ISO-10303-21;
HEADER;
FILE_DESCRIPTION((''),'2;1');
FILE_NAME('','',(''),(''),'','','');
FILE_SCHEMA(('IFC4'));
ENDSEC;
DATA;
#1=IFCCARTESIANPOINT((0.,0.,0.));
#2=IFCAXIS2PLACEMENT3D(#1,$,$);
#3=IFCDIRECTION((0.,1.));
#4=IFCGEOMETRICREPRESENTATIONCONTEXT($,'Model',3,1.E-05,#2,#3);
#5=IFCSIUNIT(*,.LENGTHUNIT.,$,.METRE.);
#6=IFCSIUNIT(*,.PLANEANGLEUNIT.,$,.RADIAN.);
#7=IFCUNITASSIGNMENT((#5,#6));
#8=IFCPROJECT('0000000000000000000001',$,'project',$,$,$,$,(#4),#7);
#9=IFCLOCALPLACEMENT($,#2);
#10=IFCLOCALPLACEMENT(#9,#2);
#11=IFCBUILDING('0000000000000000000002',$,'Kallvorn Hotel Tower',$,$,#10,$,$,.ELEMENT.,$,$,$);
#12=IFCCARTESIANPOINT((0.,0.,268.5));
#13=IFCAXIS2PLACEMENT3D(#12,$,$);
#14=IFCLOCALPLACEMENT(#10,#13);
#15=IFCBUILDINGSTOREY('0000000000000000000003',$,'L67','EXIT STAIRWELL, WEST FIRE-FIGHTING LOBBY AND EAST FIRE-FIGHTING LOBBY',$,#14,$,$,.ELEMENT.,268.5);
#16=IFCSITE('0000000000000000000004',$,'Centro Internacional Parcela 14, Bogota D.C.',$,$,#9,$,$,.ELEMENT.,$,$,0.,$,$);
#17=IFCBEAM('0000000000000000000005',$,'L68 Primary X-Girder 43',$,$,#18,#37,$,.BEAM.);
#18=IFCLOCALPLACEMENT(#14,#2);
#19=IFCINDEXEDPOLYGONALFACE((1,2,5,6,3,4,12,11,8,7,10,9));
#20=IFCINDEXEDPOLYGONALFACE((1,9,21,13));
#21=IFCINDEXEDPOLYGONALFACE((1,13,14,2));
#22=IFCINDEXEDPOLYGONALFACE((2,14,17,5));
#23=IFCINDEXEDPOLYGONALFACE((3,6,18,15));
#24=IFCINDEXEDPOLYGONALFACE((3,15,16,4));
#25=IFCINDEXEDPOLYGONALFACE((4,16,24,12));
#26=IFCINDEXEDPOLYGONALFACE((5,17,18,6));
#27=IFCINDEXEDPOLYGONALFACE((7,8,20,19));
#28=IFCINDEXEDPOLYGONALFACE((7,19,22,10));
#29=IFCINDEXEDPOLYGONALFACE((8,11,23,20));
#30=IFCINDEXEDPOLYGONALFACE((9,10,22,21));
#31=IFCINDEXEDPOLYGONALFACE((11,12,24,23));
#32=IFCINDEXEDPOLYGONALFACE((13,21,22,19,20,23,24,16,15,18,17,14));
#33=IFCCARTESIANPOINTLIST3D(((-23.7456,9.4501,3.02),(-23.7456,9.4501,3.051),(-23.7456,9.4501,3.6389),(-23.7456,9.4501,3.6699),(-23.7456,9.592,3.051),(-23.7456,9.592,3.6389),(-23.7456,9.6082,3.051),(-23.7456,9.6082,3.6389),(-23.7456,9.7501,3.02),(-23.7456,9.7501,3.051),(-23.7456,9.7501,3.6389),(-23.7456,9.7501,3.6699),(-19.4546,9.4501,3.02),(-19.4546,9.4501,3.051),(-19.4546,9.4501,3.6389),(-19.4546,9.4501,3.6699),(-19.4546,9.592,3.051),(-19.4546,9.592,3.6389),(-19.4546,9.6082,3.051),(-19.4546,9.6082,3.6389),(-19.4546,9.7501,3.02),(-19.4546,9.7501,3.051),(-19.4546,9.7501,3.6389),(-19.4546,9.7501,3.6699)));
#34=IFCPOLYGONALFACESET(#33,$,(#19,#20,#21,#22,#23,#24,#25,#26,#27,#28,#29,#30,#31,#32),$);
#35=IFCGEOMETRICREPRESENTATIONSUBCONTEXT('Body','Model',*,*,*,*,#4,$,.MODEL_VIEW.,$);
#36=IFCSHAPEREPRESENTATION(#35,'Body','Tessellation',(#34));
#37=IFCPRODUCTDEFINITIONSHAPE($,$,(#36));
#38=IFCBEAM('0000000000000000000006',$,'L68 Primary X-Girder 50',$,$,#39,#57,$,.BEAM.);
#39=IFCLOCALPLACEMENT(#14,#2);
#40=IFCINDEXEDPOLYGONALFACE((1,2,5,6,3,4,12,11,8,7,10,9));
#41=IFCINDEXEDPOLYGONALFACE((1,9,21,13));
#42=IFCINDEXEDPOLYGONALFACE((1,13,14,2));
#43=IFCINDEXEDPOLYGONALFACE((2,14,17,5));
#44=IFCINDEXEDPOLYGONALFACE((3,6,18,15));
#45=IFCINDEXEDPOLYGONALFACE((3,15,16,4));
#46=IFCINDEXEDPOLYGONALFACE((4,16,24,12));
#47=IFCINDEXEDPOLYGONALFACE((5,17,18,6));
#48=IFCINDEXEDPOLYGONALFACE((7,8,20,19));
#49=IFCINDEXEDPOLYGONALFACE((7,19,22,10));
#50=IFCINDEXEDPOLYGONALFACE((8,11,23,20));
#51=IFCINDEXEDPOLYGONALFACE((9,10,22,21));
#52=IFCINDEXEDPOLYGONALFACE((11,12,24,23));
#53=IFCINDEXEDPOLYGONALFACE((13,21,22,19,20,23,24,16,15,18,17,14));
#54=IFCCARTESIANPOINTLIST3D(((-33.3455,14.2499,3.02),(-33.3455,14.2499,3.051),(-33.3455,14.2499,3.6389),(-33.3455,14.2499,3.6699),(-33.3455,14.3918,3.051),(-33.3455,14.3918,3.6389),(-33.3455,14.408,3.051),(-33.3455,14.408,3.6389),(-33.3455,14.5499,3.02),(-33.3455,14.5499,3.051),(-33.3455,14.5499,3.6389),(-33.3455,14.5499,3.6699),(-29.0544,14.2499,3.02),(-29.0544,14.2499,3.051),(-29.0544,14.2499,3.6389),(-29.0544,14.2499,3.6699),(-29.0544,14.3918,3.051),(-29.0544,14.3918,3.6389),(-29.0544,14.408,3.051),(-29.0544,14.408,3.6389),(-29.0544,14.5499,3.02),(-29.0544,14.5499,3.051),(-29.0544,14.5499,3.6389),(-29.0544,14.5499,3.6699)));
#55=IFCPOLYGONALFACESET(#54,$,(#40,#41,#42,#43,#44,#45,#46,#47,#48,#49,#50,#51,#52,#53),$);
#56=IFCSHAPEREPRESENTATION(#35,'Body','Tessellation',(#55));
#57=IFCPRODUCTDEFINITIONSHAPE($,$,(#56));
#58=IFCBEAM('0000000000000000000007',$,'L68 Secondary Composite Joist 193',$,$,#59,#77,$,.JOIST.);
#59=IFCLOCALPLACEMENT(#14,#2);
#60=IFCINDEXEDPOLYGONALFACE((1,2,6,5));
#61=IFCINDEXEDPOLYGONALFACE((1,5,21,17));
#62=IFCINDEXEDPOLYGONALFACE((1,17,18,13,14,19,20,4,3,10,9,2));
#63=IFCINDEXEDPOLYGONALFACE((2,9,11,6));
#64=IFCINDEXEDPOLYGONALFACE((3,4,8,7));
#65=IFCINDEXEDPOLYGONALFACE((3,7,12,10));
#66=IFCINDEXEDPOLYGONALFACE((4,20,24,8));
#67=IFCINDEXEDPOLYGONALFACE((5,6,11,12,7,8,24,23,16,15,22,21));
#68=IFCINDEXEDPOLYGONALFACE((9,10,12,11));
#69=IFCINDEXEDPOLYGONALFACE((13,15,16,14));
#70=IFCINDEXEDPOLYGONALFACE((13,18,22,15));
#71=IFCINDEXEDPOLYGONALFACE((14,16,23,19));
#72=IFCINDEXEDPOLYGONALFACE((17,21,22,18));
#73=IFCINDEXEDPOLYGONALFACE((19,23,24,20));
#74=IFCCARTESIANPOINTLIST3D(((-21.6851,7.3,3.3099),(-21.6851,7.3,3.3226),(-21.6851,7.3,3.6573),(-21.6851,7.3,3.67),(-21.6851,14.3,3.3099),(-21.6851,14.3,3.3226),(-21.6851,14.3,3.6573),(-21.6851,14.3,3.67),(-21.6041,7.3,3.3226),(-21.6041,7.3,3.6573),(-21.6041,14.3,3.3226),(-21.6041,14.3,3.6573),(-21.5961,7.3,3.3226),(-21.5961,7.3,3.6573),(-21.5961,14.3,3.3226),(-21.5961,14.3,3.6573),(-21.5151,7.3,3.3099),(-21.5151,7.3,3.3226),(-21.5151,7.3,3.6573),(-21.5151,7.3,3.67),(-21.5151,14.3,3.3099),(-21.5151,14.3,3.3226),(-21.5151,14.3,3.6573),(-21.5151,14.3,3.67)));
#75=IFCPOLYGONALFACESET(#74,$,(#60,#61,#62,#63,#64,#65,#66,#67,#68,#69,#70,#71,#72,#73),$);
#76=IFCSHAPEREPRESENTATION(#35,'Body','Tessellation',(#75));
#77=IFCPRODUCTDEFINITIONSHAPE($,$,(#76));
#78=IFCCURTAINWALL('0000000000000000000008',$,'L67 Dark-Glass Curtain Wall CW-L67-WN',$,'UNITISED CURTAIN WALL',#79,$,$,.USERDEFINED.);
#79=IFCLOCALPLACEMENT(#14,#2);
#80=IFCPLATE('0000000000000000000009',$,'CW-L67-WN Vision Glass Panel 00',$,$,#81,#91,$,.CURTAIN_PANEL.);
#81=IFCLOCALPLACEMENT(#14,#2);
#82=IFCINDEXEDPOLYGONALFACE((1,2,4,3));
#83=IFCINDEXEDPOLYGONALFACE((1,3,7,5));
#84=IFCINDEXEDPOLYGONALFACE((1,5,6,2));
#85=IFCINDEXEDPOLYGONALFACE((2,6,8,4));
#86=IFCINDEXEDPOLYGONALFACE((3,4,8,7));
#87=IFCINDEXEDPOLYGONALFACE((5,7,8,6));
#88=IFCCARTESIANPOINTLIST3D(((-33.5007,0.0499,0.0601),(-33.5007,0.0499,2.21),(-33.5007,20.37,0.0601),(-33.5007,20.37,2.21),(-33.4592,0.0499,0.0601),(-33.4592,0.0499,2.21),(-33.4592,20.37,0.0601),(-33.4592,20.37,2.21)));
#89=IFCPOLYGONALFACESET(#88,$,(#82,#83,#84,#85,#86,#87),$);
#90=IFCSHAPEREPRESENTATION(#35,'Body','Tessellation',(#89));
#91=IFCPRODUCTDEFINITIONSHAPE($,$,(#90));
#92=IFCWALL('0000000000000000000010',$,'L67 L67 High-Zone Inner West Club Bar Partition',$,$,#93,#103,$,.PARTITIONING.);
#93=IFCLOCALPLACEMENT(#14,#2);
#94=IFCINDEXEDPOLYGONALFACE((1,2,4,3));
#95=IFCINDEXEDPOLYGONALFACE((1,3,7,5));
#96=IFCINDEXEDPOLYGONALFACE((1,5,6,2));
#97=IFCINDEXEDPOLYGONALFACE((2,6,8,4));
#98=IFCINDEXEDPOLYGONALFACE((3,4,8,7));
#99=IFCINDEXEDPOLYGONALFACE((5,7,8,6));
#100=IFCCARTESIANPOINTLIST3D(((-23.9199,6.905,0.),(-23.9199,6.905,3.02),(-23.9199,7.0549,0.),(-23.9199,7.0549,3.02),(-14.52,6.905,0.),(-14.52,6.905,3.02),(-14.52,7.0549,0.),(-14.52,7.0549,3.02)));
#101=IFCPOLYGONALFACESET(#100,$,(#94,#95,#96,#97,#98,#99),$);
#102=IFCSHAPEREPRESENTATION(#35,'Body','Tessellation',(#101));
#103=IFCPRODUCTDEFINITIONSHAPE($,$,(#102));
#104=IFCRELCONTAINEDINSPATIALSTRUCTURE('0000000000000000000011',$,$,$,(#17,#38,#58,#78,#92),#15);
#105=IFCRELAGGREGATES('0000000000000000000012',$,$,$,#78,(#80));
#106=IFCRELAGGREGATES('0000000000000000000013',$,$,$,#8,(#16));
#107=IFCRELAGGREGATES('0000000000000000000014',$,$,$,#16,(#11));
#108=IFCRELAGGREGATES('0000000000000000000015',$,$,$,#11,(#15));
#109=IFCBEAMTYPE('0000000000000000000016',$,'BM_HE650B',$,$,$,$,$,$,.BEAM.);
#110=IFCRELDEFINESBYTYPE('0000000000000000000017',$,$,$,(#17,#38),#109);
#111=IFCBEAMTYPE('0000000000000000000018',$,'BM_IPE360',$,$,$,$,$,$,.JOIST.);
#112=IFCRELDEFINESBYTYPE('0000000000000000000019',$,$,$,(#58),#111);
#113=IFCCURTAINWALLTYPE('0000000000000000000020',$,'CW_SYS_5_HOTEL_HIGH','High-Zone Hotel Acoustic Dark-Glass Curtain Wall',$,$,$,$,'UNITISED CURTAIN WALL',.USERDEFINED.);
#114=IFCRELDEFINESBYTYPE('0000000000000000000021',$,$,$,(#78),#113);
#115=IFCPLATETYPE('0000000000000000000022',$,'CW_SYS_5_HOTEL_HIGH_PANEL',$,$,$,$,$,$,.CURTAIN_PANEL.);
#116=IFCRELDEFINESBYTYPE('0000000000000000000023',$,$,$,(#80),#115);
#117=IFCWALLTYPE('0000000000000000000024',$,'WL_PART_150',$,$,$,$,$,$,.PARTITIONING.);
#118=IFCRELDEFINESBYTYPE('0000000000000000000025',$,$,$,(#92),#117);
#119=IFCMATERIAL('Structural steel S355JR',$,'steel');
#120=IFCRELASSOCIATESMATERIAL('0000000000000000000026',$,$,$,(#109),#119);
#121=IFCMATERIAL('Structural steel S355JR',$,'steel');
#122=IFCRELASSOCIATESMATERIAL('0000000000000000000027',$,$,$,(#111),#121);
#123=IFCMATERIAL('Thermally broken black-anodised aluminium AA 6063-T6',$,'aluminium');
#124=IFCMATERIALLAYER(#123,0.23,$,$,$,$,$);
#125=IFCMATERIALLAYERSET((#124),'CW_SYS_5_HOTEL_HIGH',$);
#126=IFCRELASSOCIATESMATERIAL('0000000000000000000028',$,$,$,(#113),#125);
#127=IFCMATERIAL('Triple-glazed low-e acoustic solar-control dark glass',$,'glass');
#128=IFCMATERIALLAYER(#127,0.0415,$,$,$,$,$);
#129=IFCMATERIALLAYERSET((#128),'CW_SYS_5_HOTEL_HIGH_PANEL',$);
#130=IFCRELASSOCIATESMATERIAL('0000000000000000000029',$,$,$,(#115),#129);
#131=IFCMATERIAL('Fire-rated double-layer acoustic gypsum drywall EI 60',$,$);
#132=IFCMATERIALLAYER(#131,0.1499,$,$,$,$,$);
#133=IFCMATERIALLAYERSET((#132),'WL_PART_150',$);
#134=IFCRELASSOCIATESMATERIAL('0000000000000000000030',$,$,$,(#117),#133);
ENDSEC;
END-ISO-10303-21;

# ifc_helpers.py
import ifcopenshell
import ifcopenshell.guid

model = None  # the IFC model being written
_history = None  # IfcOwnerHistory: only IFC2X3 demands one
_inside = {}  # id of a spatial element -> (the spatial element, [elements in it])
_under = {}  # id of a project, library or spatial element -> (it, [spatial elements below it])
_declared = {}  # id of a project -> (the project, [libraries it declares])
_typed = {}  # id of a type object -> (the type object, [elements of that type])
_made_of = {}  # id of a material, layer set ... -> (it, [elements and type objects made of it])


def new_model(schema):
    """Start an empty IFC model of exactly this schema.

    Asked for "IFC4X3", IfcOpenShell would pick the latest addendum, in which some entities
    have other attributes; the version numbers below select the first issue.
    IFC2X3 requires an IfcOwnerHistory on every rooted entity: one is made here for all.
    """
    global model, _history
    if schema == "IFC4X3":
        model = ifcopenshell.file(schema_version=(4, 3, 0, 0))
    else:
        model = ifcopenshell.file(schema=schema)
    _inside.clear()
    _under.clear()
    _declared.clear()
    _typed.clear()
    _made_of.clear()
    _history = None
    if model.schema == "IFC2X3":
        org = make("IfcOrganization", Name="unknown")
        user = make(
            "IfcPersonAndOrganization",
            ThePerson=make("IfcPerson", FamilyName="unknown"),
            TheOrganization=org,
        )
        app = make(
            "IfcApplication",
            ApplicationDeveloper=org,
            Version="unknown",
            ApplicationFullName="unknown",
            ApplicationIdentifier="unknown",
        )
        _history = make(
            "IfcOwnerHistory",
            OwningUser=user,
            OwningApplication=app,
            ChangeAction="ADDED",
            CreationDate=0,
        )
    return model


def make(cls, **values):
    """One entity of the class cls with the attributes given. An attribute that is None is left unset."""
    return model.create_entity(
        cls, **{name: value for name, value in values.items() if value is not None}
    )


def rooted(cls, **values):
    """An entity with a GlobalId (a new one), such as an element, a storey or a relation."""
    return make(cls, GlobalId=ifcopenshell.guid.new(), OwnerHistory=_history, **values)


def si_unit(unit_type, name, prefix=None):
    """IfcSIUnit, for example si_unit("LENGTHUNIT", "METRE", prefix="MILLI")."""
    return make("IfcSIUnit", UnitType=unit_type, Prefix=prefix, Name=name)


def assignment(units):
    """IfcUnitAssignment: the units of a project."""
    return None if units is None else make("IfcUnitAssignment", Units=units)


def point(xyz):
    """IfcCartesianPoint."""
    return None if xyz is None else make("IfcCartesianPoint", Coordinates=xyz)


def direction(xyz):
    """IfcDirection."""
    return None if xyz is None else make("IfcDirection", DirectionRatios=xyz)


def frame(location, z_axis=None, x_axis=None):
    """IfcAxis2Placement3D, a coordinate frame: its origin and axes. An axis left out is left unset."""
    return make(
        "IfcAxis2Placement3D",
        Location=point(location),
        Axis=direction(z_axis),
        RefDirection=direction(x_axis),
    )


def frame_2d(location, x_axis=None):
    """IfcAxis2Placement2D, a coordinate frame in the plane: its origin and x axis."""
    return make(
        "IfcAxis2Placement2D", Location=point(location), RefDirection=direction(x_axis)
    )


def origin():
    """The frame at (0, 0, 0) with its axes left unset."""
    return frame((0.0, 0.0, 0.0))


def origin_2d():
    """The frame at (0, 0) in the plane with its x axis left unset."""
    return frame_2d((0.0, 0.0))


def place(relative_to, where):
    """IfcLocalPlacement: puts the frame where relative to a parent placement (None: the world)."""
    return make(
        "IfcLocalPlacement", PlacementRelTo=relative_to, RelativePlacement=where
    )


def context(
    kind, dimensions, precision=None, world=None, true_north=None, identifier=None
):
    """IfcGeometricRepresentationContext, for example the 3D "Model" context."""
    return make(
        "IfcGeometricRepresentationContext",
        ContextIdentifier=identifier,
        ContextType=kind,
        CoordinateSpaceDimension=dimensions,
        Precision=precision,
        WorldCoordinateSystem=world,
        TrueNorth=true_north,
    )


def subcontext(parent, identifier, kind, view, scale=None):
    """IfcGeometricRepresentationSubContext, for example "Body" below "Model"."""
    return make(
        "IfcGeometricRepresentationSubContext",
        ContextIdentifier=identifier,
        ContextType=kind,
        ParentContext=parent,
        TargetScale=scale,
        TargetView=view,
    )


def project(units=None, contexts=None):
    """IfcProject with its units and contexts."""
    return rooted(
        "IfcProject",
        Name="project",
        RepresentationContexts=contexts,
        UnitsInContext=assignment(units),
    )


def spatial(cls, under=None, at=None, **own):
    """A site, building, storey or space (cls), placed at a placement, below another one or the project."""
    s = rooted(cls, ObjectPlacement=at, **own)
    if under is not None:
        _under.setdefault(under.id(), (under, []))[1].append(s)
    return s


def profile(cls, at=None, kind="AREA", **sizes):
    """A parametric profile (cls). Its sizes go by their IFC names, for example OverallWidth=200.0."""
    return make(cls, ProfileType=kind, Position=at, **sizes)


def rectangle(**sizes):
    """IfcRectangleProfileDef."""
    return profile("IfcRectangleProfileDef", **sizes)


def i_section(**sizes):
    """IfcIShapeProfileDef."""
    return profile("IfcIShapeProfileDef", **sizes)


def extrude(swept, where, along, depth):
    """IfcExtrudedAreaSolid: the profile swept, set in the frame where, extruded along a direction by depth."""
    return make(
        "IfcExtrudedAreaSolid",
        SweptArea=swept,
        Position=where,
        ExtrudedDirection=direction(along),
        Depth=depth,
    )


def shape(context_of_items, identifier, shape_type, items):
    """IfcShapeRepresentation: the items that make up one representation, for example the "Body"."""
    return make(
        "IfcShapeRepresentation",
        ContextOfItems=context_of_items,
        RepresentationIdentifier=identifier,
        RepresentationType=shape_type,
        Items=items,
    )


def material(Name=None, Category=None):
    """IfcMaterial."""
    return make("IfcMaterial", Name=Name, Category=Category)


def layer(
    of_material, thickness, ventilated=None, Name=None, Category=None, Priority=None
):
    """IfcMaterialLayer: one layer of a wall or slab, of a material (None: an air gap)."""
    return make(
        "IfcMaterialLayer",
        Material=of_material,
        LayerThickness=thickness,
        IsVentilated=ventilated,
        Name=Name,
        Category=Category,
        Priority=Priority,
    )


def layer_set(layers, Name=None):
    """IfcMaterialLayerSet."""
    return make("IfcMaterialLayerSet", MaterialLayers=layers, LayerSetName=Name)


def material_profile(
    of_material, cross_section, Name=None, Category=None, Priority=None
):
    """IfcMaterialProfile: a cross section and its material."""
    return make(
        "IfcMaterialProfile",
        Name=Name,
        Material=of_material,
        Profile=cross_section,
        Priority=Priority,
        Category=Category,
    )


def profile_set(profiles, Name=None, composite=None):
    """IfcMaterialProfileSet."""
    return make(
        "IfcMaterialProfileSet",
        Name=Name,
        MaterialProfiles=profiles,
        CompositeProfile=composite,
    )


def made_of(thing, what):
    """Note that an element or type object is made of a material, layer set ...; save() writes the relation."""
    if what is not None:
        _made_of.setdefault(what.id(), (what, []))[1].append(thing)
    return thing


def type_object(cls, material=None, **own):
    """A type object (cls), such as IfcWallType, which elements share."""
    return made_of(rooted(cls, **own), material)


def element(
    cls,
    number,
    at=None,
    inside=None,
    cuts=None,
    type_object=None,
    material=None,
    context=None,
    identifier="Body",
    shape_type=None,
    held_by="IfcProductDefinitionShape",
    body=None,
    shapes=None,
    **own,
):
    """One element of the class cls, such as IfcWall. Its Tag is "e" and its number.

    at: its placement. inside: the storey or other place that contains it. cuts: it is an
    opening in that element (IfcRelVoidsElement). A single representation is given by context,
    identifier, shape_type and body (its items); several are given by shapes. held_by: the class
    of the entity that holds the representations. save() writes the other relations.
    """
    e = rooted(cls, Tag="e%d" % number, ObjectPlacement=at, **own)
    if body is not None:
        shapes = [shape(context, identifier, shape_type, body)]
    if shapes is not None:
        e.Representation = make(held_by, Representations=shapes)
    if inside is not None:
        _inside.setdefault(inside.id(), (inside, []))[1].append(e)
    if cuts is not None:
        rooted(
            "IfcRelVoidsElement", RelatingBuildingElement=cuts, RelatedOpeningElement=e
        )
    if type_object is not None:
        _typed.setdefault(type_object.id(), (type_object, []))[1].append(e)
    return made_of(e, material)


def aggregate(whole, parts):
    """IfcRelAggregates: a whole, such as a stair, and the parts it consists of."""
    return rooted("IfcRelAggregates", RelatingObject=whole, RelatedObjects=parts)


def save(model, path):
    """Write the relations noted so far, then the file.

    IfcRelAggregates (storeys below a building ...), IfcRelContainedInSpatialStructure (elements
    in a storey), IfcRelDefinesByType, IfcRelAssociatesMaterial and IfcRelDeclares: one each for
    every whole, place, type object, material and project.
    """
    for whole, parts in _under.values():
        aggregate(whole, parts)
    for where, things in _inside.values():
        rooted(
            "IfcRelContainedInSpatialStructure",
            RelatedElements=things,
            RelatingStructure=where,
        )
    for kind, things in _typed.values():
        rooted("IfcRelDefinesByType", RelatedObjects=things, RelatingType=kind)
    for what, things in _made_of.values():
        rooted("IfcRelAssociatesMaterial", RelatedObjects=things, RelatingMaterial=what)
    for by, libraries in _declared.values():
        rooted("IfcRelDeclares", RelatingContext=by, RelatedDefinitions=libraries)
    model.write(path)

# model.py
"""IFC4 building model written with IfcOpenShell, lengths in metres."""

from ifc_helpers import new_model, si_unit, direction, frame, frame_2d, origin, origin_2d, place, context, subcontext, project, spatial, rectangle, i_section, extrude, material, layer, layer_set, material_profile, profile_set, type_object, element, aggregate, save


model = new_model("IFC4")

# Units and contexts
model_context = context("Model", 3, precision=1e-05, world=origin(), true_north=direction((0.0, 1.0)))
body_context = subcontext(model_context, "Body", "Model", "MODEL_VIEW")
ifc_project = project(units=[si_unit("LENGTHUNIT", "METRE"), si_unit("PLANEANGLEUNIT", "RADIAN")], contexts=[model_context])

# Site, building, storey
site_placement = place(None, origin())
site = spatial("IfcSite", under=ifc_project, at=site_placement, Name="Centro Internacional Parcela 14, Bogota D.C.", CompositionType="ELEMENT", RefElevation=0.0)
building_placement = place(site_placement, origin())
building = spatial("IfcBuilding", under=site, at=building_placement, Name="Kallvorn Hotel Tower", CompositionType="ELEMENT")
storey_placement = place(building_placement, frame((0.0, 0.0, 268.5)))
storey = spatial("IfcBuildingStorey", under=building, at=storey_placement, Name="L67", Description="EXIT STAIRWELL, WEST FIRE-FIGHTING LOBBY AND EAST FIRE-FIGHTING LOBBY", CompositionType="ELEMENT", Elevation=268.5)

# Beams
ifc_material_1 = material(Name="Structural steel S355JR", Category="steel")
ifc_material_profile_1 = material_profile(ifc_material_1, i_section(OverallWidth=0.3, OverallDepth=0.6499, WebThickness=0.0161, FlangeThickness=0.031, at=origin_2d()), Name="HE 650 B")
ifc_profile_set_1 = profile_set([ifc_material_profile_1], Name="Structural steel S355JR")
beam_type_1 = type_object("IfcBeamType", Name="BM_HE650B", PredefinedType="BEAM", material=ifc_profile_set_1)
for number, where, z_axis, x_axis, name in (
    (1, (-23.7456, 9.6001, 3.345), (1.0, 0.0, 0.0), (0.0, 1.0, 0.0), "L68 Primary X-Girder 43"),
    (2, (-33.3455, 14.3999, 3.345), (1.0, 0.0, 0.0), (0.0, 1.0, 0.0), "L68 Primary X-Girder 50"),
):
    element("IfcBeam", number, at=place(storey_placement, frame(where, z_axis=z_axis, x_axis=x_axis)), inside=storey, type_object=beam_type_1, Name=name, PredefinedType="BEAM", context=body_context, shape_type="SweptSolid", body=[
        extrude(i_section(OverallWidth=0.3, OverallDepth=0.6499, WebThickness=0.0161, FlangeThickness=0.031, at=origin_2d()), origin(), (0.0, 0.0, 1.0), 4.291),
    ])
ifc_material_2 = material(Name="Structural steel S355JR", Category="steel")
ifc_material_profile_2 = material_profile(ifc_material_2, i_section(OverallWidth=0.1699, OverallDepth=0.3601, WebThickness=0.0081, FlangeThickness=0.0127, at=origin_2d()), Name="IPE 360")
ifc_profile_set_2 = profile_set([ifc_material_profile_2], Name="Structural steel S355JR")
beam_type_2 = type_object("IfcBeamType", Name="BM_IPE360", PredefinedType="JOIST", material=ifc_profile_set_2)
beam_1_placement = place(storey_placement, frame((-21.6001, 7.3, 3.49), z_axis=(0.0, 1.0, 0.0), x_axis=(-1.0, 0.0, 0.0)))
element("IfcBeam", 3, at=beam_1_placement, inside=storey, type_object=beam_type_2, Name="L68 Secondary Composite Joist 193", PredefinedType="JOIST", context=body_context, shape_type="SweptSolid", body=[
    extrude(i_section(OverallWidth=0.1699, OverallDepth=0.3601, WebThickness=0.0081, FlangeThickness=0.0127, at=origin_2d()), origin(), (0.0, 0.0, 1.0), 7.0),
])

# Curtain wall, plate
ifc_material_3 = material(Name="Thermally broken black-anodised aluminium AA 6063-T6", Category="aluminium")
ifc_layer_1 = layer(ifc_material_3, 0.23)
ifc_layer_set_1 = layer_set([ifc_layer_1], Name="CW_SYS_5_HOTEL_HIGH")
curtain_wall_type = type_object("IfcCurtainWallType", Name="CW_SYS_5_HOTEL_HIGH", Description="High-Zone Hotel Acoustic Dark-Glass Curtain Wall", ElementType="UNITISED CURTAIN WALL", PredefinedType="USERDEFINED", material=ifc_layer_set_1)
curtain_wall_placement = place(storey_placement, origin())
curtain_wall = element("IfcCurtainWall", 4, at=curtain_wall_placement, inside=storey, type_object=curtain_wall_type, Name="L67 Dark-Glass Curtain Wall CW-L67-WN", ObjectType="UNITISED CURTAIN WALL", PredefinedType="USERDEFINED")
ifc_material_4 = material(Name="Triple-glazed low-e acoustic solar-control dark glass", Category="glass")
ifc_layer_2 = layer(ifc_material_4, 0.0415)
ifc_layer_set_2 = layer_set([ifc_layer_2], Name="CW_SYS_5_HOTEL_HIGH_PANEL")
plate_type = type_object("IfcPlateType", Name="CW_SYS_5_HOTEL_HIGH_PANEL", PredefinedType="CURTAIN_PANEL", material=ifc_layer_set_2)
plate_placement = place(storey_placement, frame((-33.48, 10.21, 0.0601), z_axis=(0.0, 0.0, 1.0), x_axis=(0.0, 1.0, 0.0)))
plate = element("IfcPlate", 5, at=plate_placement, type_object=plate_type, Name="CW-L67-WN Vision Glass Panel 00", PredefinedType="CURTAIN_PANEL", context=body_context, shape_type="SweptSolid", body=[
    extrude(rectangle(XDim=20.3201, YDim=0.0415, at=origin_2d()), origin(), (0.0, 0.0, 1.0), 2.1499),
])
aggregate(curtain_wall, [plate])

# Wall
ifc_material_5 = material(Name="Fire-rated double-layer acoustic gypsum drywall EI 60")
ifc_layer_3 = layer(ifc_material_5, 0.1499)
ifc_layer_set_3 = layer_set([ifc_layer_3], Name="WL_PART_150")
wall_type = type_object("IfcWallType", Name="WL_PART_150", PredefinedType="PARTITIONING", material=ifc_layer_set_3)
wall_1_placement = place(storey_placement, frame((-23.9199, 6.98, 0.0), z_axis=(0.0, 0.0, 1.0), x_axis=(1.0, 0.0, 0.0)))
element("IfcWall", 6, at=wall_1_placement, inside=storey, type_object=wall_type, Name="L67 L67 High-Zone Inner West Club Bar Partition", PredefinedType="PARTITIONING", context=body_context, shape_type="SweptSolid", body=[
    extrude(rectangle(XDim=9.3999, YDim=0.1499, at=frame_2d((4.7, 0.0))), origin(), (0.0, 0.0, 1.0), 3.02),
])

save(model, "model.ifc")
